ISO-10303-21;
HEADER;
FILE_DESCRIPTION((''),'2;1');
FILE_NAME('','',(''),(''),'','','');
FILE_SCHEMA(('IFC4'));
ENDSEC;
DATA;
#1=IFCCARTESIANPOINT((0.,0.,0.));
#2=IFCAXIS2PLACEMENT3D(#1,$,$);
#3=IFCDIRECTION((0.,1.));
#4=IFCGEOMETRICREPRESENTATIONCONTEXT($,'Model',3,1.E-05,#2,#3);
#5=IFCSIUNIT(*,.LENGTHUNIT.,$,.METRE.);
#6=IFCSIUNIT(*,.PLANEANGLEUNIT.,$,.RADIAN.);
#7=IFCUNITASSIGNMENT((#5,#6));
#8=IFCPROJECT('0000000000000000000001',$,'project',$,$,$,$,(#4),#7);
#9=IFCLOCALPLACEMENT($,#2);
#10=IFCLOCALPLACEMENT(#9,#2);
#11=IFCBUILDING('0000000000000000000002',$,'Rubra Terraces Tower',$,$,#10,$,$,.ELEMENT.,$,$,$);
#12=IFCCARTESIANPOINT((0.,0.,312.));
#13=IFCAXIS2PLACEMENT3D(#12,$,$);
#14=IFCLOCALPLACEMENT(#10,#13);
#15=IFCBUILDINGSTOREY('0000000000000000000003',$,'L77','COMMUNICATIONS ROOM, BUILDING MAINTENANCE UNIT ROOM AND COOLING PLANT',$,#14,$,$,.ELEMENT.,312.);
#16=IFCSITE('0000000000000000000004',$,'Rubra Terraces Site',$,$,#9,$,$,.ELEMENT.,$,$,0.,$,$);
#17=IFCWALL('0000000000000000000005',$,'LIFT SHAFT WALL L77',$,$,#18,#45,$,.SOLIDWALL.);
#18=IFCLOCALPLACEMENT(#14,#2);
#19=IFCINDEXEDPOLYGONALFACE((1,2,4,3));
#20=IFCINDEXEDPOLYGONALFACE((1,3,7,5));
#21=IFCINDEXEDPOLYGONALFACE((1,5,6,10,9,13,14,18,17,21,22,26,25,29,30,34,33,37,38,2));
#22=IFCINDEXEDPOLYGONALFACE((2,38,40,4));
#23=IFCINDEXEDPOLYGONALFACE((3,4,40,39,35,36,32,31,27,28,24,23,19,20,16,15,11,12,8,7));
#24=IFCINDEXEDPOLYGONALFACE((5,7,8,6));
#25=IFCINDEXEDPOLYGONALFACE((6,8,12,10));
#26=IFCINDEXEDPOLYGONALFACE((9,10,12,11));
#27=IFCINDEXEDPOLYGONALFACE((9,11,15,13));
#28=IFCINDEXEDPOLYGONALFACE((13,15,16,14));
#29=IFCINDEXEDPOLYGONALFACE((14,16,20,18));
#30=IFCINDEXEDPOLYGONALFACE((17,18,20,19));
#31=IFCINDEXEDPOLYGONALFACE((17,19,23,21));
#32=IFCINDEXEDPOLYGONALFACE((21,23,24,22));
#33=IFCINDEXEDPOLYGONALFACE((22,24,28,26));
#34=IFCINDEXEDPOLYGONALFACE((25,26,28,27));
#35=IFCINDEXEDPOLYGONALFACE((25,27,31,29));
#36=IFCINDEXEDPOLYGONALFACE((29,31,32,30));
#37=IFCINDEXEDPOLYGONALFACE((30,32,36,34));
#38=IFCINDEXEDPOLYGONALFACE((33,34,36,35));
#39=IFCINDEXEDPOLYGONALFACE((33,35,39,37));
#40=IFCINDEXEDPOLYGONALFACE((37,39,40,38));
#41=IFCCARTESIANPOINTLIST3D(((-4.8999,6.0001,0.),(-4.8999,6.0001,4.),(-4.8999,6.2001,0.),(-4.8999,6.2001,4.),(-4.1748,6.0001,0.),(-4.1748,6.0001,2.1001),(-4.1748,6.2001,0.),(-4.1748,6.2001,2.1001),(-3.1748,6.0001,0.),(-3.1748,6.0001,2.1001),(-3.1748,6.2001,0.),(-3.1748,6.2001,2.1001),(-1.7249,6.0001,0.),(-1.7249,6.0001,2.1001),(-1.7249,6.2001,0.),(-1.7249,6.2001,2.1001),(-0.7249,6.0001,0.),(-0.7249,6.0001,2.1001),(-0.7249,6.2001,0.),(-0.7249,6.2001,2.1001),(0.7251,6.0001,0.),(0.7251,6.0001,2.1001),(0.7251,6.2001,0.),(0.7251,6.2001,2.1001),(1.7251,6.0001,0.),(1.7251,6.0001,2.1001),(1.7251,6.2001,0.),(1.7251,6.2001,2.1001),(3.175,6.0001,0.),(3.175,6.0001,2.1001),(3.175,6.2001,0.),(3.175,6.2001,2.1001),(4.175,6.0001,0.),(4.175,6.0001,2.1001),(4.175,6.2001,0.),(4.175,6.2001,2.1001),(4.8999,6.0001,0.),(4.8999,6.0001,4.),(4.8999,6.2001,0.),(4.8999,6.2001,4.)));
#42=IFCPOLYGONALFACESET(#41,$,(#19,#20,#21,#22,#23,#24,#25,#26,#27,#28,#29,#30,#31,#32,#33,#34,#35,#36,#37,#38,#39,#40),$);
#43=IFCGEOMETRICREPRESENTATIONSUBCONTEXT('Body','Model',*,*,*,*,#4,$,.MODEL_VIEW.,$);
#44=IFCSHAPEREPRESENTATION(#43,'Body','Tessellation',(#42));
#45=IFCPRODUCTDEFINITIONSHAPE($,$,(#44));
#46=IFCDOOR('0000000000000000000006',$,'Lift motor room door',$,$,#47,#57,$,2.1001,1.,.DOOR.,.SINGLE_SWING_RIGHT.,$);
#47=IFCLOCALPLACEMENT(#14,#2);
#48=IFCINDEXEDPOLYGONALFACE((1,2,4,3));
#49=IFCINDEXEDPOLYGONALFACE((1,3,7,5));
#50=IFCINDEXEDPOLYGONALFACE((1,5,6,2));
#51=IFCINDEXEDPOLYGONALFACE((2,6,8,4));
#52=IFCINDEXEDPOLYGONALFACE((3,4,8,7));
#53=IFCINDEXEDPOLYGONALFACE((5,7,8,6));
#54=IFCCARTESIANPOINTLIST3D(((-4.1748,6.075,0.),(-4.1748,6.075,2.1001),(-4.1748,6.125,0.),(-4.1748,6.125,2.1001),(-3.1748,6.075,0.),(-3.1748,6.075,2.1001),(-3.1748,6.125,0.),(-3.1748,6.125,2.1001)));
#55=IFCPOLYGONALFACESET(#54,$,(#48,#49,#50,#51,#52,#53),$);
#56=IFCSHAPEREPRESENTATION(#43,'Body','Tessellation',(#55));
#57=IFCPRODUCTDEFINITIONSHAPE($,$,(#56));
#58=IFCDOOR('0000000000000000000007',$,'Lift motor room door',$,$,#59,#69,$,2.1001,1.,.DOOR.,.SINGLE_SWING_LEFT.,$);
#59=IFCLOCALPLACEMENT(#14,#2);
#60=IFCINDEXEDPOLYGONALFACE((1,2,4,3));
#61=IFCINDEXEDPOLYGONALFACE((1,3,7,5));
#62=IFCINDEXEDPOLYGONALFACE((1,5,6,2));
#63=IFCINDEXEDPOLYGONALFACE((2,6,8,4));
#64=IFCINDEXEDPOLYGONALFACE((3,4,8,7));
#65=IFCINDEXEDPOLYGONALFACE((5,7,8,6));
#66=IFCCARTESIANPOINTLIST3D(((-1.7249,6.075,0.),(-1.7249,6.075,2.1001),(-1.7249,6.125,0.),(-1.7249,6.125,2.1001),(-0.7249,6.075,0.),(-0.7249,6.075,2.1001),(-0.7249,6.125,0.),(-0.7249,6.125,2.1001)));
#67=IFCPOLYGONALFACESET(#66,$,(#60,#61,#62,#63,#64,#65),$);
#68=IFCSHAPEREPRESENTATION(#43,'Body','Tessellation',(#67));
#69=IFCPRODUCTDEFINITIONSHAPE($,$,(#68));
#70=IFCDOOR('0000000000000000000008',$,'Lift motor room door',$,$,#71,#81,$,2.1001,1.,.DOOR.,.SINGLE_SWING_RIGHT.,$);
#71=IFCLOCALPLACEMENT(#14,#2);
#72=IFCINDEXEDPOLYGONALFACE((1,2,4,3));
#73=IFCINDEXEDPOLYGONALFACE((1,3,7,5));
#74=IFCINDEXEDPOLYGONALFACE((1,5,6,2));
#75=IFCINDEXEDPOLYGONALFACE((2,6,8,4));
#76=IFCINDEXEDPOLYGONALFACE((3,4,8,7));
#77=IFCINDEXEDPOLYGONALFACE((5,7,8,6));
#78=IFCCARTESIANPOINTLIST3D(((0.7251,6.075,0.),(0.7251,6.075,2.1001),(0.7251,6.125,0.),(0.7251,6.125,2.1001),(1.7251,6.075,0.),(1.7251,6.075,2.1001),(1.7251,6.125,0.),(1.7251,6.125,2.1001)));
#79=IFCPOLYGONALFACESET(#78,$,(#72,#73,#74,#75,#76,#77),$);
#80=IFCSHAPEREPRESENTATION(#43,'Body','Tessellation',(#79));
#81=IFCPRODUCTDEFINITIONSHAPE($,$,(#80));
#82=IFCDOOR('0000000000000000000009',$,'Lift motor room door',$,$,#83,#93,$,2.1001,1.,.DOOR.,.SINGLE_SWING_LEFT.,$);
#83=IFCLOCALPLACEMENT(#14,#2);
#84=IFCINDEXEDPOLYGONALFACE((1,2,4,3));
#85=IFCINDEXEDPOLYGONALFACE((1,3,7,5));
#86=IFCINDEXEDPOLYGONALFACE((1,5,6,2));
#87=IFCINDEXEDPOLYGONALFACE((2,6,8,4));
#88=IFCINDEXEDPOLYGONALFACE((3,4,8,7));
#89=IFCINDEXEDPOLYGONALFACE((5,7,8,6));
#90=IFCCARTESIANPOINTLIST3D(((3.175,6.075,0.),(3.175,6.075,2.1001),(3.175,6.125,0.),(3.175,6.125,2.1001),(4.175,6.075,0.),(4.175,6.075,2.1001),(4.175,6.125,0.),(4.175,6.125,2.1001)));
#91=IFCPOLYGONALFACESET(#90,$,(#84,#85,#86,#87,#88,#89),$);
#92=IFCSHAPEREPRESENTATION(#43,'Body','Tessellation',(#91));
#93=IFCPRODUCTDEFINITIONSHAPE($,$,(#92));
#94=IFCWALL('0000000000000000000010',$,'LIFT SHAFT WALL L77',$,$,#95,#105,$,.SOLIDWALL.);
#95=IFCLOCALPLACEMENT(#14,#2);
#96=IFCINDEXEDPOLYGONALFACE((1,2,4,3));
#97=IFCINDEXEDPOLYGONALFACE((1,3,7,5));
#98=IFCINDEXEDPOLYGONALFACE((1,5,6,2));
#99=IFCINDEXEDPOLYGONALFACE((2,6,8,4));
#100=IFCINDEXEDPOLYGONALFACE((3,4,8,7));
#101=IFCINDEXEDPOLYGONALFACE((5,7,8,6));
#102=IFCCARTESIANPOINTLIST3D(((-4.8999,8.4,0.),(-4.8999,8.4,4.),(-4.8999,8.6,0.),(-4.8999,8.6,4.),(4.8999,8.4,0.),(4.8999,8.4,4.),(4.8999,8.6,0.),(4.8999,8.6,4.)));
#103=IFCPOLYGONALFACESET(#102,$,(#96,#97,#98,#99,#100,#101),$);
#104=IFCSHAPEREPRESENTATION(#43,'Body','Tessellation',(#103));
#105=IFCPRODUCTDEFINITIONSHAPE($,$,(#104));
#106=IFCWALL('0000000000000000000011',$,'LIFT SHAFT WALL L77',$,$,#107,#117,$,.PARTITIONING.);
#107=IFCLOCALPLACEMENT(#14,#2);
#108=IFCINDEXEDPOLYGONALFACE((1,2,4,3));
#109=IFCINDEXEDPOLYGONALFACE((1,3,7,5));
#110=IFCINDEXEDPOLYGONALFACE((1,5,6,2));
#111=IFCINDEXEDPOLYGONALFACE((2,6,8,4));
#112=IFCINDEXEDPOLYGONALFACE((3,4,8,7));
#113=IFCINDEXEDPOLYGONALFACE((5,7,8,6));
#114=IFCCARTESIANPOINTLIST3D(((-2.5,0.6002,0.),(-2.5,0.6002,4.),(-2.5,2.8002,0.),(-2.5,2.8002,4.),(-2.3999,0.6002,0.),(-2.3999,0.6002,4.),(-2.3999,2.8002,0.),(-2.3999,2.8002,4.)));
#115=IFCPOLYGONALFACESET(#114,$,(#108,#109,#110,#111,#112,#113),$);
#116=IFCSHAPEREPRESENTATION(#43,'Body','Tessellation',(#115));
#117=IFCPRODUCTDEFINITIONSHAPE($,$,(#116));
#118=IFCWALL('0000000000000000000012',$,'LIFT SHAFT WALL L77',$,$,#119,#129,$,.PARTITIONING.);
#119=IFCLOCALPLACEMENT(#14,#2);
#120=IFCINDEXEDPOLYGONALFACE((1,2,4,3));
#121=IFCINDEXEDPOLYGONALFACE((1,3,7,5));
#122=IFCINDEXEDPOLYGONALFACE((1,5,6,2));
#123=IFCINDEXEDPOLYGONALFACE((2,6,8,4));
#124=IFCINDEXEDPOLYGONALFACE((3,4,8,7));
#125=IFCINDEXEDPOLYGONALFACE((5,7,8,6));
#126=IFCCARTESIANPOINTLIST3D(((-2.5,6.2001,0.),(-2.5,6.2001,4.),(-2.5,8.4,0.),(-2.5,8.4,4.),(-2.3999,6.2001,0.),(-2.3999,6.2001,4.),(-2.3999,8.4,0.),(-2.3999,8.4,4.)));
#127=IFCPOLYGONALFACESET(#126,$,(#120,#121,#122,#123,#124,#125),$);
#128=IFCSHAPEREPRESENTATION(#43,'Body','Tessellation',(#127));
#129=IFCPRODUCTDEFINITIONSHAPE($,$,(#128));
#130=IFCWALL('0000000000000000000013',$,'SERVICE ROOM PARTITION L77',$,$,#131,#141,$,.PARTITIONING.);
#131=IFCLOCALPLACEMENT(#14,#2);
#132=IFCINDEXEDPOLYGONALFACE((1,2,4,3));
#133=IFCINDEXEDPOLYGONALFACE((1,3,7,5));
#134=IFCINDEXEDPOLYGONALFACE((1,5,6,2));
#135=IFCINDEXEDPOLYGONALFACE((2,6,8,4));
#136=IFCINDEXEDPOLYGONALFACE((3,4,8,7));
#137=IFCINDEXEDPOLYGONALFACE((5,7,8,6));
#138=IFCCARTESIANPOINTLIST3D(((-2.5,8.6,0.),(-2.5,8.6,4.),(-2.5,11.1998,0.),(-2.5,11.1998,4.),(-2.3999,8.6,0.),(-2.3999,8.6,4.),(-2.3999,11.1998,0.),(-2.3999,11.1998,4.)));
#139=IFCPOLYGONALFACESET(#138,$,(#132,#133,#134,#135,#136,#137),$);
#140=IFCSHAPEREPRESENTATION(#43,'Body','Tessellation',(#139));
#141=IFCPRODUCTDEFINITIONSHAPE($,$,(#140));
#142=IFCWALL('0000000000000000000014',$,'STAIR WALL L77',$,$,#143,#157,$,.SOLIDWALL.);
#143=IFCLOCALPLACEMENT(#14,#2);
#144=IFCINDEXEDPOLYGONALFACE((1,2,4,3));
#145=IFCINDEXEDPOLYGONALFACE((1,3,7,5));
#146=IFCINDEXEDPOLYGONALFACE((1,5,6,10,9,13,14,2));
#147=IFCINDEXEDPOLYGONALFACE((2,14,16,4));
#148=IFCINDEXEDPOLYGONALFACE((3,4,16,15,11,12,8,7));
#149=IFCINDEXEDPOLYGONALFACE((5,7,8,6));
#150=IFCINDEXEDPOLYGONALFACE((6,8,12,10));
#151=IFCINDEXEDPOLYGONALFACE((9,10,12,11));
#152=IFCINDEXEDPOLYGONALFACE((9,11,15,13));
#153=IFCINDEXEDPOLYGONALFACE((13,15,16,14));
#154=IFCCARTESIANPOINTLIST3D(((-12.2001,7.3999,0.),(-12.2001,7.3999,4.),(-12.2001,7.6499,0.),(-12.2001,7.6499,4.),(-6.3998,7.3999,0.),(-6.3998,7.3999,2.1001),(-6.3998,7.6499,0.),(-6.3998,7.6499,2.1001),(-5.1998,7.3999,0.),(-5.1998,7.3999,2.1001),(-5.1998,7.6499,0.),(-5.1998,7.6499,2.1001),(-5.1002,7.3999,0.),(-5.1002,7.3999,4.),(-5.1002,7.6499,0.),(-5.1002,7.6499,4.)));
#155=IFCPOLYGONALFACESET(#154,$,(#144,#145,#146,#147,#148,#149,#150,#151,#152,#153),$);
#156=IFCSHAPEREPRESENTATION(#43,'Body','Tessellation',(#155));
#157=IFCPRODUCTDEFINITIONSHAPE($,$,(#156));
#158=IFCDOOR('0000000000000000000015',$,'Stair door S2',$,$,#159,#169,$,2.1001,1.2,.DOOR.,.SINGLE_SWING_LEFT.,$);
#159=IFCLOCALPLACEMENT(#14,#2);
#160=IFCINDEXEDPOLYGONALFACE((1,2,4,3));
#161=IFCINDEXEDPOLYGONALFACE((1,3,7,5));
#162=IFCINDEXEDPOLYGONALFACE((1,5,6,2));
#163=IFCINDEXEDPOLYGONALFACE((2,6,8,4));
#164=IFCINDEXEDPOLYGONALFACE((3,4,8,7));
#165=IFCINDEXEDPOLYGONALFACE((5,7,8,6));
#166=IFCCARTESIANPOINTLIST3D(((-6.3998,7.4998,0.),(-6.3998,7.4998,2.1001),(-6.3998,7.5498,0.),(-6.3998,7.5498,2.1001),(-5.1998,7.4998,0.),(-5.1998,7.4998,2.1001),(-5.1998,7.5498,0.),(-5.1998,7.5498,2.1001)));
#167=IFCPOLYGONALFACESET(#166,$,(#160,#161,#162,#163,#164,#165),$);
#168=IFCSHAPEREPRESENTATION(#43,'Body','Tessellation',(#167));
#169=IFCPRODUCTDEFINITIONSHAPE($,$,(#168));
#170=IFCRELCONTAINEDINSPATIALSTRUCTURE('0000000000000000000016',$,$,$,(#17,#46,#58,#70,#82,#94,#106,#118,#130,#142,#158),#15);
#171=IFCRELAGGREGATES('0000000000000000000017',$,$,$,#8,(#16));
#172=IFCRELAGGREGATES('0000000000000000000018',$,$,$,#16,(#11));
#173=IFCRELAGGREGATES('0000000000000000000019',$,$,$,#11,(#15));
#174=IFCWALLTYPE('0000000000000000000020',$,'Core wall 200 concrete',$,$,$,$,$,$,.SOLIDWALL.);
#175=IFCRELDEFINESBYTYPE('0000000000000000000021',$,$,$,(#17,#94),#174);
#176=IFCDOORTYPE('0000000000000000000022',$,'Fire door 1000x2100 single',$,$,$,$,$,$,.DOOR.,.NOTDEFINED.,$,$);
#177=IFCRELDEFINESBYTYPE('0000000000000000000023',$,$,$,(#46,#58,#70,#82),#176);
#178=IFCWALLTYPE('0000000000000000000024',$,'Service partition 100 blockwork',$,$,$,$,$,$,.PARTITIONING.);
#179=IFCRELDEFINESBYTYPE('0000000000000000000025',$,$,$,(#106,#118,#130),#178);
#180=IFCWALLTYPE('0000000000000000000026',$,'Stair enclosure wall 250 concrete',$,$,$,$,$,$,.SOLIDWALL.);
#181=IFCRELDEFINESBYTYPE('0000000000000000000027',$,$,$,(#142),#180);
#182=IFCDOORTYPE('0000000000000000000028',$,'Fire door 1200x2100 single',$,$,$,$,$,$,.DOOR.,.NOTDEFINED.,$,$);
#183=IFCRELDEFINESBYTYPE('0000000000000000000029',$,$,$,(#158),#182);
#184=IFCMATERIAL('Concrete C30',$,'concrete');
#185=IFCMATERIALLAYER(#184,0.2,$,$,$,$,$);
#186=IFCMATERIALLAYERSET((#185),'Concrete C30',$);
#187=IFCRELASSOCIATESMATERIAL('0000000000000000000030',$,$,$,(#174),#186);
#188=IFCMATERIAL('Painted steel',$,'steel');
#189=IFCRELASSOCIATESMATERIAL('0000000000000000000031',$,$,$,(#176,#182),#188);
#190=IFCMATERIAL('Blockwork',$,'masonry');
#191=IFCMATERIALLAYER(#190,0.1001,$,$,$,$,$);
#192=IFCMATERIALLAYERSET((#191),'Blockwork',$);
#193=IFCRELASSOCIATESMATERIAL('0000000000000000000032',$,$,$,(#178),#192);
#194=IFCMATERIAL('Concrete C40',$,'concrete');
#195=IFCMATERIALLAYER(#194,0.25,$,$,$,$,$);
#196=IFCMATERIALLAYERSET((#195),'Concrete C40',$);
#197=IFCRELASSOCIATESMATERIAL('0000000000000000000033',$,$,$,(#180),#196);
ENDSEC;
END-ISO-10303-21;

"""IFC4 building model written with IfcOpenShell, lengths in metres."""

from ifc_helpers import new_model, si_unit, direction, frame, frame_2d, origin, place, context, subcontext, project, spatial, rectangle, extrude, material, layer, layer_set, type_object, element, fill, save


model = new_model("IFC4")

# Units and contexts
model_context = context("Model", 3, precision=1e-05, world=origin(), true_north=direction((0.0, 1.0)))
body_context = subcontext(model_context, "Body", "Model", "MODEL_VIEW")
ifc_project = project(units=[si_unit("LENGTHUNIT", "METRE"), si_unit("PLANEANGLEUNIT", "RADIAN")], contexts=[model_context])

# Site, building, storey
site_placement = place(None, origin())
site = spatial("IfcSite", under=ifc_project, at=site_placement, Name="Rubra Terraces Site", CompositionType="ELEMENT", RefElevation=0.0)
building_placement = place(site_placement, origin())
building = spatial("IfcBuilding", under=site, at=building_placement, Name="Rubra Terraces Tower", CompositionType="ELEMENT")
storey_placement = place(building_placement, frame((0.0, 0.0, 312.0)))
storey = spatial("IfcBuildingStorey", under=building, at=storey_placement, Name="L77", Description="COMMUNICATIONS ROOM, BUILDING MAINTENANCE UNIT ROOM AND COOLING PLANT", CompositionType="ELEMENT", Elevation=312.0)

# Shared definitions
ifc_material_1 = material(Name="Concrete C40", Category="concrete")
ifc_material_2 = material(Name="Concrete C30", Category="concrete")
ifc_layer_1 = layer(ifc_material_2, 0.2)
ifc_layer_set_1 = layer_set([ifc_layer_1], Name="Concrete C30")
wall_type_1 = type_object("IfcWallType", Name="Core wall 200 concrete", PredefinedType="SOLIDWALL", material=ifc_layer_set_1)

# Wall, openings, doors
ifc_material_3 = material(Name="Painted steel", Category="steel")
door_type_1 = type_object("IfcDoorType", Name="Fire door 1000x2100 single", OperationType="NOTDEFINED", PredefinedType="DOOR", material=ifc_material_3)
wall_1_placement = place(storey_placement, frame((-4.8999, 6.1001, 0.0), z_axis=(0.0, 0.0, 1.0), x_axis=(1.0, 0.0, 0.0)))
wall_1 = element("IfcWall", 1, at=wall_1_placement, inside=storey, type_object=wall_type_1, Name="LIFT SHAFT WALL L77", PredefinedType="SOLIDWALL", context=body_context, shape_type="SweptSolid", body=[
    extrude(rectangle(XDim=9.7998, YDim=0.2, at=frame_2d((4.8999, 0.0))), origin(), (0.0, 0.0, 1.0), 4.0),
])
opening_1_placement = place(wall_1_placement, frame((0.7251, 0.0, 0.0)))
opening_1 = element("IfcOpeningElement", 2, at=opening_1_placement, cuts=wall_1, PredefinedType="OPENING", context=body_context, shape_type="SweptSolid", body=[
    extrude(rectangle(XDim=1.0, YDim=2.1001, at=frame_2d((0.5, 1.05))), frame((0.0, 0.1099, 0.0), z_axis=(0.0, -1.0, 0.0), x_axis=(1.0, 0.0, 0.0)), (0.0, 0.0, 1.0), 0.22),
])
opening_2_placement = place(wall_1_placement, frame((3.175, 0.0, 0.0)))
opening_2 = element("IfcOpeningElement", 3, at=opening_2_placement, cuts=wall_1, PredefinedType="OPENING", context=body_context, shape_type="SweptSolid", body=[
    extrude(rectangle(XDim=1.0, YDim=2.1001, at=frame_2d((0.5, 1.05))), frame((0.0, 0.1099, 0.0), z_axis=(0.0, -1.0, 0.0), x_axis=(1.0, 0.0, 0.0)), (0.0, 0.0, 1.0), 0.22),
])
opening_3_placement = place(wall_1_placement, frame((5.625, 0.0, 0.0)))
opening_3 = element("IfcOpeningElement", 4, at=opening_3_placement, cuts=wall_1, PredefinedType="OPENING", context=body_context, shape_type="SweptSolid", body=[
    extrude(rectangle(XDim=1.0, YDim=2.1001, at=frame_2d((0.5, 1.05))), frame((0.0, 0.1099, 0.0), z_axis=(0.0, -1.0, 0.0), x_axis=(1.0, 0.0, 0.0)), (0.0, 0.0, 1.0), 0.22),
])
opening_4_placement = place(wall_1_placement, frame((8.075, 0.0, 0.0)))
opening_4 = element("IfcOpeningElement", 5, at=opening_4_placement, cuts=wall_1, PredefinedType="OPENING", context=body_context, shape_type="SweptSolid", body=[
    extrude(rectangle(XDim=1.0, YDim=2.1001, at=frame_2d((0.5, 1.05))), frame((0.0, 0.1099, 0.0), z_axis=(0.0, -1.0, 0.0), x_axis=(1.0, 0.0, 0.0)), (0.0, 0.0, 1.0), 0.22),
])
door_1_placement = place(opening_1_placement, origin())
door_1 = element("IfcDoor", 6, at=door_1_placement, inside=storey, type_object=door_type_1, Name="Lift motor room door", OperationType="SINGLE_SWING_RIGHT", OverallHeight=2.1001, OverallWidth=1.0, PredefinedType="DOOR", context=body_context, shape_type="SweptSolid", body=[
    extrude(rectangle(XDim=1.0, YDim=2.1001, at=frame_2d((0.5, 1.05))), frame((0.0, 0.0249, 0.0), z_axis=(0.0, -1.0, 0.0), x_axis=(1.0, 0.0, 0.0)), (0.0, 0.0, 1.0), 0.05),
])
fill(opening_1, door_1)
door_2_placement = place(opening_2_placement, origin())
door_2 = element("IfcDoor", 7, at=door_2_placement, inside=storey, type_object=door_type_1, Name="Lift motor room door", OperationType="SINGLE_SWING_LEFT", OverallHeight=2.1001, OverallWidth=1.0, PredefinedType="DOOR", context=body_context, shape_type="SweptSolid", body=[
    extrude(rectangle(XDim=1.0, YDim=2.1001, at=frame_2d((0.5, 1.05))), frame((0.0, 0.0249, 0.0), z_axis=(0.0, -1.0, 0.0), x_axis=(1.0, 0.0, 0.0)), (0.0, 0.0, 1.0), 0.05),
])
fill(opening_2, door_2)
door_3_placement = place(opening_3_placement, origin())
door_3 = element("IfcDoor", 8, at=door_3_placement, inside=storey, type_object=door_type_1, Name="Lift motor room door", OperationType="SINGLE_SWING_RIGHT", OverallHeight=2.1001, OverallWidth=1.0, PredefinedType="DOOR", context=body_context, shape_type="SweptSolid", body=[
    extrude(rectangle(XDim=1.0, YDim=2.1001, at=frame_2d((0.5, 1.05))), frame((0.0, 0.0249, 0.0), z_axis=(0.0, -1.0, 0.0), x_axis=(1.0, 0.0, 0.0)), (0.0, 0.0, 1.0), 0.05),
])
fill(opening_3, door_3)
door_4_placement = place(opening_4_placement, origin())
door_4 = element("IfcDoor", 9, at=door_4_placement, inside=storey, type_object=door_type_1, Name="Lift motor room door", OperationType="SINGLE_SWING_LEFT", OverallHeight=2.1001, OverallWidth=1.0, PredefinedType="DOOR", context=body_context, shape_type="SweptSolid", body=[
    extrude(rectangle(XDim=1.0, YDim=2.1001, at=frame_2d((0.5, 1.05))), frame((0.0, 0.0249, 0.0), z_axis=(0.0, -1.0, 0.0), x_axis=(1.0, 0.0, 0.0)), (0.0, 0.0, 1.0), 0.05),
])
fill(opening_4, door_4)

# Walls
wall_2_placement = place(storey_placement, frame((-4.8999, 8.5, 0.0), z_axis=(0.0, 0.0, 1.0), x_axis=(1.0, 0.0, 0.0)))
element("IfcWall", 10, at=wall_2_placement, inside=storey, type_object=wall_type_1, Name="LIFT SHAFT WALL L77", PredefinedType="SOLIDWALL", context=body_context, shape_type="SweptSolid", body=[
    extrude(rectangle(XDim=9.7998, YDim=0.2, at=frame_2d((4.8999, 0.0))), origin(), (0.0, 0.0, 1.0), 4.0),
])
ifc_material_4 = material(Name="Blockwork", Category="masonry")
ifc_layer_2 = layer(ifc_material_4, 0.1001)
ifc_layer_set_2 = layer_set([ifc_layer_2], Name="Blockwork")
wall_type_2 = type_object("IfcWallType", Name="Service partition 100 blockwork", PredefinedType="PARTITIONING", material=ifc_layer_set_2)
for number, where, z_axis, x_axis, name in (
    (11, (-2.45, 0.6001, 0.0), (0.0, 0.0, 1.0), (0.0, 1.0, 0.0), "LIFT SHAFT WALL L77"),
    (12, (-2.45, 6.2, 0.0), (0.0, 0.0, 1.0), (0.0, 1.0, 0.0), "LIFT SHAFT WALL L77"),
):
    element("IfcWall", number, at=place(storey_placement, frame(where, z_axis=z_axis, x_axis=x_axis)), inside=storey, type_object=wall_type_2, Name=name, PredefinedType="PARTITIONING", context=body_context, shape_type="SweptSolid", body=[
        extrude(rectangle(XDim=2.2, YDim=0.1001, at=frame_2d((1.1001, 0.0))), origin(), (0.0, 0.0, 1.0), 4.0),
    ])
wall_3_placement = place(storey_placement, frame((-2.45, 8.6001, 0.0), z_axis=(0.0, 0.0, 1.0), x_axis=(0.0, 1.0, 0.0)))
element("IfcWall", 13, at=wall_3_placement, inside=storey, type_object=wall_type_2, Name="SERVICE ROOM PARTITION L77", PredefinedType="PARTITIONING", context=body_context, shape_type="SweptSolid", body=[
    extrude(rectangle(XDim=2.5999, YDim=0.1001, at=frame_2d((1.2998, 0.0))), origin(), (0.0, 0.0, 1.0), 4.0),
])

# Wall, opening, door
ifc_layer_3 = layer(ifc_material_1, 0.25)
ifc_layer_set_3 = layer_set([ifc_layer_3], Name="Concrete C40")
wall_type_3 = type_object("IfcWallType", Name="Stair enclosure wall 250 concrete", PredefinedType="SOLIDWALL", material=ifc_layer_set_3)
wall_4_placement = place(storey_placement, frame((-12.2, 7.5249, 0.0), z_axis=(0.0, 0.0, 1.0), x_axis=(1.0, 0.0, 0.0)))
wall_4 = element("IfcWall", 14, at=wall_4_placement, inside=storey, type_object=wall_type_3, Name="STAIR WALL L77", PredefinedType="SOLIDWALL", context=body_context, shape_type="SweptSolid", body=[
    extrude(rectangle(XDim=7.0999, YDim=0.25, at=frame_2d((3.5498, 0.0))), origin(), (0.0, 0.0, 1.0), 4.0),
])
opening_5_placement = place(wall_4_placement, frame((5.8, 0.0, 0.0)))
opening_5 = element("IfcOpeningElement", 15, at=opening_5_placement, cuts=wall_4, PredefinedType="OPENING", context=body_context, shape_type="SweptSolid", body=[
    extrude(rectangle(XDim=1.2, YDim=2.1001, at=frame_2d((0.6001, 1.05))), frame((0.0, 0.135, 0.0), z_axis=(0.0, -1.0, 0.0), x_axis=(1.0, 0.0, 0.0)), (0.0, 0.0, 1.0), 0.27),
])
door_type_2 = type_object("IfcDoorType", Name="Fire door 1200x2100 single", OperationType="NOTDEFINED", PredefinedType="DOOR", material=ifc_material_3)
door_5_placement = place(opening_5_placement, origin())
door_5 = element("IfcDoor", 16, at=door_5_placement, inside=storey, type_object=door_type_2, Name="Stair door S2", OperationType="SINGLE_SWING_LEFT", OverallHeight=2.1001, OverallWidth=1.2, PredefinedType="DOOR", context=body_context, shape_type="SweptSolid", body=[
    extrude(rectangle(XDim=1.2, YDim=2.1001, at=frame_2d((0.6001, 1.05))), frame((0.0, 0.0249, 0.0), z_axis=(0.0, -1.0, 0.0), x_axis=(1.0, 0.0, 0.0)), (0.0, 0.0, 1.0), 0.05),
])
fill(opening_5, door_5)

save(model, "model.ifc")
